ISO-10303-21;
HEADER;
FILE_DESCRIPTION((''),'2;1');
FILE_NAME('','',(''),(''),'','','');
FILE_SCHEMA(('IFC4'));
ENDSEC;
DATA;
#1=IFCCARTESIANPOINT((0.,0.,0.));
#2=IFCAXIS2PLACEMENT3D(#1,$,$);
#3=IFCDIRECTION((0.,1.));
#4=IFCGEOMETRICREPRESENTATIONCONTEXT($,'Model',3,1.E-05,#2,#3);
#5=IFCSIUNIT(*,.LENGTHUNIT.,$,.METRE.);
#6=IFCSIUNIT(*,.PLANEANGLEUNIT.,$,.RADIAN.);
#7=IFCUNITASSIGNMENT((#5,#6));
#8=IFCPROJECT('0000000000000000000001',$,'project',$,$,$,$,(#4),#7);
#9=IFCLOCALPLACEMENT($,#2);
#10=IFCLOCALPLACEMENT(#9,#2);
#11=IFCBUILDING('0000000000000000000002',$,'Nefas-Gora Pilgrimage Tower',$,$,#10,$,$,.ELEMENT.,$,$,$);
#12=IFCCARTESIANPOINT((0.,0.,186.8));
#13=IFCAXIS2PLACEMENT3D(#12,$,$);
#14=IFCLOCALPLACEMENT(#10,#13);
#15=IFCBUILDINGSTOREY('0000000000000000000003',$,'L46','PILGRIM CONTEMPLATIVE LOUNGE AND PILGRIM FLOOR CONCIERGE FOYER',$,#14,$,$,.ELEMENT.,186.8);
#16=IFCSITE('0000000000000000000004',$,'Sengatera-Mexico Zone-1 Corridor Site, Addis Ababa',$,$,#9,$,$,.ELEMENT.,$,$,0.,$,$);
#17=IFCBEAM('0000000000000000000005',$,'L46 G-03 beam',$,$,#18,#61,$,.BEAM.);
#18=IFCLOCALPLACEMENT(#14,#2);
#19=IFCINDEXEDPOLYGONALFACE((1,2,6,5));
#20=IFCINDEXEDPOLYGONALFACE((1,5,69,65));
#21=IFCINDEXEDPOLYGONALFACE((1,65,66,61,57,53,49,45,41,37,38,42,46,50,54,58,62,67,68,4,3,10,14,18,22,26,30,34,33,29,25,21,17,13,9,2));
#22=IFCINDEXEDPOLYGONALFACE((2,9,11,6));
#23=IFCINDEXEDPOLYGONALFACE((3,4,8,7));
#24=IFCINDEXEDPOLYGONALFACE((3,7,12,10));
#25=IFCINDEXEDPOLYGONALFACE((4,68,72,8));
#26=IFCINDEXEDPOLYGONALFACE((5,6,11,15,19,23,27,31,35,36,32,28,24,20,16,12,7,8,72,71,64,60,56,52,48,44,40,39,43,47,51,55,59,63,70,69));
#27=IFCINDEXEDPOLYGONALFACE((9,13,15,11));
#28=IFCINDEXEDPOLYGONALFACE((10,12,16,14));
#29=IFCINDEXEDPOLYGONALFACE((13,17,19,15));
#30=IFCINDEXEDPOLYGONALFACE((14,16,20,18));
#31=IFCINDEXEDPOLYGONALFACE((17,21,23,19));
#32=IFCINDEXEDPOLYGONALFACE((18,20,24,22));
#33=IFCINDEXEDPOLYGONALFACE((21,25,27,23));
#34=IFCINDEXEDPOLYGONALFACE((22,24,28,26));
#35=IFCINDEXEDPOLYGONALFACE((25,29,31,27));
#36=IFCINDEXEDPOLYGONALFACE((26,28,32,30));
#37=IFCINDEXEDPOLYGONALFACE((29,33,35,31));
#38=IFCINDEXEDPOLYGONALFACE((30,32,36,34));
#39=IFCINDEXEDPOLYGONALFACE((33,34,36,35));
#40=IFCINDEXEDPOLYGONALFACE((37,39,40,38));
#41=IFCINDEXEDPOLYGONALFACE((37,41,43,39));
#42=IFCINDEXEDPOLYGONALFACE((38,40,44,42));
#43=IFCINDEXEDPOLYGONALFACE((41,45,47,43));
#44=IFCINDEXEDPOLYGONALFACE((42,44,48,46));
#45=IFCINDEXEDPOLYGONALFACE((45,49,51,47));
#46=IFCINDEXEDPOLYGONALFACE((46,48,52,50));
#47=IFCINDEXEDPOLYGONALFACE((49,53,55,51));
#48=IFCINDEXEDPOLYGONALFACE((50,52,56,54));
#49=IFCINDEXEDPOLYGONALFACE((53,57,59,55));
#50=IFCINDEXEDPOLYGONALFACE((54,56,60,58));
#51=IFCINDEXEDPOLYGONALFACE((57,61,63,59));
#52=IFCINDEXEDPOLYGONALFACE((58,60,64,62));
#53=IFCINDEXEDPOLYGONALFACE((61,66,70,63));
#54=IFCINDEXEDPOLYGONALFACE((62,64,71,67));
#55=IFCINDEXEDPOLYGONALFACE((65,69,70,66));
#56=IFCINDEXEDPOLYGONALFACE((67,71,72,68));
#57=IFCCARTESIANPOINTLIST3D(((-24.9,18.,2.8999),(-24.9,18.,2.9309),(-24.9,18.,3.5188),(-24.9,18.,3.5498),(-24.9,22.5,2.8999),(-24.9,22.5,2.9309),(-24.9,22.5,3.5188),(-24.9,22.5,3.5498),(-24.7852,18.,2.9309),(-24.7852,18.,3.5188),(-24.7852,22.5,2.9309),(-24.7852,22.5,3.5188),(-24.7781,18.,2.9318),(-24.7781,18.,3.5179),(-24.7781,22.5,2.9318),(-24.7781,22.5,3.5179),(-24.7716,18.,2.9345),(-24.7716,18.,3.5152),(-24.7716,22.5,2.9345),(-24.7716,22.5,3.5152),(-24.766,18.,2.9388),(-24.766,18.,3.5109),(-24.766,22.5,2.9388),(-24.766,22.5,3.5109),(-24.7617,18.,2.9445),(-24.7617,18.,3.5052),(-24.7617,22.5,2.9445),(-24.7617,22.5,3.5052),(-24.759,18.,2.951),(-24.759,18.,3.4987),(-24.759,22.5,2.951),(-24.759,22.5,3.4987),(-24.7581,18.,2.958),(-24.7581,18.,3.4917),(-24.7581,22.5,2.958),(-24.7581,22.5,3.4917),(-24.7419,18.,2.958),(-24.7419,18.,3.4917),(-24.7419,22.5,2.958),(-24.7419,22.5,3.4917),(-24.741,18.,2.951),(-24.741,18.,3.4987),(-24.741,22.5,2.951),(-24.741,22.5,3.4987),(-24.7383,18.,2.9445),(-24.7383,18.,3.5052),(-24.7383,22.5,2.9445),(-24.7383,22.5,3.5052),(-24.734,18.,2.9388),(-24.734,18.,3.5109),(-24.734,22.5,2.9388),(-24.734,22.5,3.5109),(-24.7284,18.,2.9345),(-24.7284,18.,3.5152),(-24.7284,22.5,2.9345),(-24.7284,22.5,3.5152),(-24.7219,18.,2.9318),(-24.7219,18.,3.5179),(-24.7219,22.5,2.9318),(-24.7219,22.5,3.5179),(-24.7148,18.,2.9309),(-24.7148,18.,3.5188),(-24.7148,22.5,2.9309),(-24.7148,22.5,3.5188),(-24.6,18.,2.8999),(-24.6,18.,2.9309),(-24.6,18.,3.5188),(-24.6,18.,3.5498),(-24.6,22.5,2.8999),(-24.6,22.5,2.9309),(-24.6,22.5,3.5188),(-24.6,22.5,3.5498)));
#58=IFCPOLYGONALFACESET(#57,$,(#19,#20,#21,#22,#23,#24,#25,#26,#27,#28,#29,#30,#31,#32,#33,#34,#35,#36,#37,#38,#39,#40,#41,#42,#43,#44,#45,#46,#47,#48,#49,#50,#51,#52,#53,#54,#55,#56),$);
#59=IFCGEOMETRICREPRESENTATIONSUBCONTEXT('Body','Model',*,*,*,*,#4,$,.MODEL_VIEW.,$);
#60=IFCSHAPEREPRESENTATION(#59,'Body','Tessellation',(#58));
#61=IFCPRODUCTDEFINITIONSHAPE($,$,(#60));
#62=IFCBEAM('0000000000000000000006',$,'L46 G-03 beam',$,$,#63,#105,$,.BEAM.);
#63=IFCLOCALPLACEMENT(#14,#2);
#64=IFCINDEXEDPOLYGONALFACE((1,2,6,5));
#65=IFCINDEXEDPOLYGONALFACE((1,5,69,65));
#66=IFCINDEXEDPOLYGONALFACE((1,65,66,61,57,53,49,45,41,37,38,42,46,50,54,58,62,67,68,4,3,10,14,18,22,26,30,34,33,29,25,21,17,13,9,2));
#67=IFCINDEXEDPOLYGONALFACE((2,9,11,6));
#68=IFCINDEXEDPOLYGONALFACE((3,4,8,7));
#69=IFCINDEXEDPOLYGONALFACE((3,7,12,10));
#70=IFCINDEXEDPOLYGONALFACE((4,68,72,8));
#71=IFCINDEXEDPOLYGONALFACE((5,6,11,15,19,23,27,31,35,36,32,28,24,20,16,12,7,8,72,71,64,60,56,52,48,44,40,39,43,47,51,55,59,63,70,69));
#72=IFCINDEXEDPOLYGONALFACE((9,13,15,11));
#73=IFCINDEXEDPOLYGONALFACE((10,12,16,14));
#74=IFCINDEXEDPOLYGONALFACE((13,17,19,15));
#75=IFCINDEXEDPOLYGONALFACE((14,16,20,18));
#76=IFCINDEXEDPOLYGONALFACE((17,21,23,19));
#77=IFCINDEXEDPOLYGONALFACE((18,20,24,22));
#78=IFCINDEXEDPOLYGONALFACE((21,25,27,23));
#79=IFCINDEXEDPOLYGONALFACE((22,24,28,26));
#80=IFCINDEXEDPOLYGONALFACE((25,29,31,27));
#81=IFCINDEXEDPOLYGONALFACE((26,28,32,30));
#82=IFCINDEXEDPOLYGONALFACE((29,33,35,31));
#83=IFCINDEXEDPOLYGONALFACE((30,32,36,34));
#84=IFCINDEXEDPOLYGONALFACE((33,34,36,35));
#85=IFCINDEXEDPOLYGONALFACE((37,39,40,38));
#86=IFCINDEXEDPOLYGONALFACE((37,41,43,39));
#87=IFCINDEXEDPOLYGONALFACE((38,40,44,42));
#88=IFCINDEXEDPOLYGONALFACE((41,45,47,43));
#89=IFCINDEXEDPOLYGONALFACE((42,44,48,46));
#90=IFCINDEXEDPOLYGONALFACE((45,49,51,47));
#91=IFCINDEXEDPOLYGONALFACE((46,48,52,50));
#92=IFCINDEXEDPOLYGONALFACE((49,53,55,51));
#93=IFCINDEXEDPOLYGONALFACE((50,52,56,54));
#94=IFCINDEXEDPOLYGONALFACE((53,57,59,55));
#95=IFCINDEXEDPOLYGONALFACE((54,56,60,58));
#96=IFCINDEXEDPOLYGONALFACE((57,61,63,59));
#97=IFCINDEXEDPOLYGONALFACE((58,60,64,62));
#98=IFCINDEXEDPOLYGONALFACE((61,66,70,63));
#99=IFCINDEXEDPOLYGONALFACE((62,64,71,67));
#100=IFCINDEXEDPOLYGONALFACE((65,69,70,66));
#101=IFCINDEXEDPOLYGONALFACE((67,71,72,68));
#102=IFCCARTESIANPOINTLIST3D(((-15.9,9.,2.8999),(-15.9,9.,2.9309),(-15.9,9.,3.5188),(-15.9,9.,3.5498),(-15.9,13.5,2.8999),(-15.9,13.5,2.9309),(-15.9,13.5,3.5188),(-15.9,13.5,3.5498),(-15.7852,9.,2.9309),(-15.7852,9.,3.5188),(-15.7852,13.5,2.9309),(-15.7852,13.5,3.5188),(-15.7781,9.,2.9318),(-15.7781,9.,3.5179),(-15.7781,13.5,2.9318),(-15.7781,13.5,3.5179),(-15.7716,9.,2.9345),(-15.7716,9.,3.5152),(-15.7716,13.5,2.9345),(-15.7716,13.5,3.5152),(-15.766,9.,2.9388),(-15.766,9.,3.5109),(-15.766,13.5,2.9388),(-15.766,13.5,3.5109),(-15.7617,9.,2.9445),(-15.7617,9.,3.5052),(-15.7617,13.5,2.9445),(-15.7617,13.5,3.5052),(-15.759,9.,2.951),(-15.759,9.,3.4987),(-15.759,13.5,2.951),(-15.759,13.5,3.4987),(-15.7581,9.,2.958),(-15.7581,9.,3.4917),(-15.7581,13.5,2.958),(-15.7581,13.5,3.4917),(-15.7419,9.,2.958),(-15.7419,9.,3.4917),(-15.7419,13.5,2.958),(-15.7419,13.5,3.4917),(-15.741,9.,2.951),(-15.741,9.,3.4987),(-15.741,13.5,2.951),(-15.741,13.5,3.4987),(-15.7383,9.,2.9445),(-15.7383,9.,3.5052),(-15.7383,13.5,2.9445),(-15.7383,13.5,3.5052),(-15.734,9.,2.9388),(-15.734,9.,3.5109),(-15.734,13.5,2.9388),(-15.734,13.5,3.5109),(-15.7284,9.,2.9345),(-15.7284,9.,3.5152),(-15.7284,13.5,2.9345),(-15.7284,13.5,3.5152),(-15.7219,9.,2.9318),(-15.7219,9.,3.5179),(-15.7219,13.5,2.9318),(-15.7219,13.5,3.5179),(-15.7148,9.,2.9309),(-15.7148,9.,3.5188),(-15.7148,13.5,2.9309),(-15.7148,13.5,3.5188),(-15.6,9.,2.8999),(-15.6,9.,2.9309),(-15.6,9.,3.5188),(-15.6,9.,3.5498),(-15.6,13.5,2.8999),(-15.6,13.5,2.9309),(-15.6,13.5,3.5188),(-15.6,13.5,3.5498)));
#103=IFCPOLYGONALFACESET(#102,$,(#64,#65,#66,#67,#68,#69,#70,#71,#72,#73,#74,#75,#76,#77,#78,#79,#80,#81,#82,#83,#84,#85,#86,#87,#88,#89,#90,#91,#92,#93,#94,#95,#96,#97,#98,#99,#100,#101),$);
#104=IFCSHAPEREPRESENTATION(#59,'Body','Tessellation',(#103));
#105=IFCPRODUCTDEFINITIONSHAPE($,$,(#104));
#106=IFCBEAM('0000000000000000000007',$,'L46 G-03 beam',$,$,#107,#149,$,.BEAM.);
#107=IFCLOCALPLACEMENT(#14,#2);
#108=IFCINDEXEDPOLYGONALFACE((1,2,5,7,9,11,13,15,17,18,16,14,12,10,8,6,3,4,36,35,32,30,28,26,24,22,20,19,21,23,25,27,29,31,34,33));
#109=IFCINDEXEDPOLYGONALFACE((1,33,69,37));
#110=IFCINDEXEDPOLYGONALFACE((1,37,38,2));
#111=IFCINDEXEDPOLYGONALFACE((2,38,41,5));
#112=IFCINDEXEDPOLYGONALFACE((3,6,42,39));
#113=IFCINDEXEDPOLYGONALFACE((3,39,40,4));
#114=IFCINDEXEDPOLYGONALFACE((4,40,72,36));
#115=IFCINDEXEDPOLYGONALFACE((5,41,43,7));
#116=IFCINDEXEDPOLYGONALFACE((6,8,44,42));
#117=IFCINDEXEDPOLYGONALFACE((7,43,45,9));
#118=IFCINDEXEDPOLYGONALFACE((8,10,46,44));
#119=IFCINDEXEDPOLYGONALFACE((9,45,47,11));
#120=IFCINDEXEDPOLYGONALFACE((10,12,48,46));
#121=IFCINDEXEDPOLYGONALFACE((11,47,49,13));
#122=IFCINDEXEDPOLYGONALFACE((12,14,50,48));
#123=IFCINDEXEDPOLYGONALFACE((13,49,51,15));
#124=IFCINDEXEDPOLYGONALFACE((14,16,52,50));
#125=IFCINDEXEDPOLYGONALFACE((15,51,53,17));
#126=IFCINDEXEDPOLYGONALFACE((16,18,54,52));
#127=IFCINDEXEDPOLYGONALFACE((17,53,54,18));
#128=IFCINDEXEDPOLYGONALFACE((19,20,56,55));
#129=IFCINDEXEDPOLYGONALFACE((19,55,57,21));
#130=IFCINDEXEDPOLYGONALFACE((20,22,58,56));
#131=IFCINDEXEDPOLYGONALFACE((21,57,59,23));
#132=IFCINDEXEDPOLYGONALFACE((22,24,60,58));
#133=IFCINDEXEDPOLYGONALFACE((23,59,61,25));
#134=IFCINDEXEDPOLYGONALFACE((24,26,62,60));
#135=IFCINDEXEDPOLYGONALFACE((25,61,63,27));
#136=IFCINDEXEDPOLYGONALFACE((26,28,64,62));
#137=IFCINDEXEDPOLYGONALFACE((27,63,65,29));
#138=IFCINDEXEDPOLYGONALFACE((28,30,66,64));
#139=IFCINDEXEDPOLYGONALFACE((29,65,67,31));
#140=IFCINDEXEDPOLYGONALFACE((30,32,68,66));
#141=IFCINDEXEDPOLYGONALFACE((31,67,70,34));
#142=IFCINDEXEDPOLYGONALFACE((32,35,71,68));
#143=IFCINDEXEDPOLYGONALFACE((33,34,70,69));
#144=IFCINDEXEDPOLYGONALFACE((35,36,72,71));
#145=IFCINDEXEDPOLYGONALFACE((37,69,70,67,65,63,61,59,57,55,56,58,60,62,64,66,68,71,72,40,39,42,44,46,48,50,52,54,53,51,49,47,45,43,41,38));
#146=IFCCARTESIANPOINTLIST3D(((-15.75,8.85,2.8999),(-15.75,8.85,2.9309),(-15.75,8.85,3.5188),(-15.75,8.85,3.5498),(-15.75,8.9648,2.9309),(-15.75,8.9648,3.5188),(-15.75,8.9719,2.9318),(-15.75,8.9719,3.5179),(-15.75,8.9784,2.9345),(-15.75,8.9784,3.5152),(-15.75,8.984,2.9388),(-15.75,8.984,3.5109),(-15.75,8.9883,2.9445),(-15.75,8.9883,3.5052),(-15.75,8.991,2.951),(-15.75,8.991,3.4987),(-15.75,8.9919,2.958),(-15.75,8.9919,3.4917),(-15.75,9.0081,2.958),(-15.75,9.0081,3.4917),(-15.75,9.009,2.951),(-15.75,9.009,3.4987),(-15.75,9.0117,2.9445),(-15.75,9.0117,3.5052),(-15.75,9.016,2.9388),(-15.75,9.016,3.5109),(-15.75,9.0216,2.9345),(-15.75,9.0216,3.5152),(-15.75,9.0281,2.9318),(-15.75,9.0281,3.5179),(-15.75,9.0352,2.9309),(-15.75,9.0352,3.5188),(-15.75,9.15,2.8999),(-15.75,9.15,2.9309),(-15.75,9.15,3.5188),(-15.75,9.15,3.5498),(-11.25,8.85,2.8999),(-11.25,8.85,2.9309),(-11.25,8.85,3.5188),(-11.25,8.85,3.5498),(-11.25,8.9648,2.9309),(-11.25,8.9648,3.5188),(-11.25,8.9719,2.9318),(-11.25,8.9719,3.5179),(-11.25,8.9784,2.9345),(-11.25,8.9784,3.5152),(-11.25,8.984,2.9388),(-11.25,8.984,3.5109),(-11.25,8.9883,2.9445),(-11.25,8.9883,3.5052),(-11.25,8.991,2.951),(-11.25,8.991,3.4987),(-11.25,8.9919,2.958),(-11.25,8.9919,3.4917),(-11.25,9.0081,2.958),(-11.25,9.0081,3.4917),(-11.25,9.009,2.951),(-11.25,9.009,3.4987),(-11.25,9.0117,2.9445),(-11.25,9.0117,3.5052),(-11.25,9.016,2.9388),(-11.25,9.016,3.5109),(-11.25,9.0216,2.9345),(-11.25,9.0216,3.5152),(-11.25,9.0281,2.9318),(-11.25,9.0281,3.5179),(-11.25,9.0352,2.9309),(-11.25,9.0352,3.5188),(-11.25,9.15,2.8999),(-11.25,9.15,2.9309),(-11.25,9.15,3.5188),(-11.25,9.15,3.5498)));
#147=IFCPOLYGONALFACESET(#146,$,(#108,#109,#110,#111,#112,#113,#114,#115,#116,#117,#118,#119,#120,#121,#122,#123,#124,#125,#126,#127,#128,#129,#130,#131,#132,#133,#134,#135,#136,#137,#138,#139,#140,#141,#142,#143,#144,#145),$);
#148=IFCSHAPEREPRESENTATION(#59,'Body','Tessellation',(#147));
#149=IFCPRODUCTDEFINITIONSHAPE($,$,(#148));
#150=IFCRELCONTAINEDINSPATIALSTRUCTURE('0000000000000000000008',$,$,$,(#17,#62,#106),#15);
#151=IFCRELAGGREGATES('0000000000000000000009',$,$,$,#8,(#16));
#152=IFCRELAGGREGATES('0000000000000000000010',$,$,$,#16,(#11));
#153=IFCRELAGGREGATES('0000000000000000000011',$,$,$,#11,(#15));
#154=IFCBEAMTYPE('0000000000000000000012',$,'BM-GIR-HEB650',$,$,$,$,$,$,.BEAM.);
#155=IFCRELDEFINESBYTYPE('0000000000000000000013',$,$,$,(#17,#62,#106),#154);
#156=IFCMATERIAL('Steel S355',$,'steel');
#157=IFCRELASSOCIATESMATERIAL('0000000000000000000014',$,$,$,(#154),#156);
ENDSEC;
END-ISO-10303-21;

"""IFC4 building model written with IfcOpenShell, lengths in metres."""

from ifc_helpers import new_model, si_unit, direction, frame, origin, origin_2d, place, context, subcontext, project, spatial, i_section, extrude, source, transform, mapped, material, material_profile, profile_set, type_object, element, save


model = new_model("IFC4")

# Units and contexts
model_context = context("Model", 3, precision=1e-05, world=origin(), true_north=direction((0.0, 1.0)))
body_context = subcontext(model_context, "Body", "Model", "MODEL_VIEW")
ifc_project = project(units=[si_unit("LENGTHUNIT", "METRE"), si_unit("PLANEANGLEUNIT", "RADIAN")], contexts=[model_context])

# Site, building, storey
site_placement = place(None, origin())
site = spatial("IfcSite", under=ifc_project, at=site_placement, Name="Sengatera-Mexico Zone-1 Corridor Site, Addis Ababa", CompositionType="ELEMENT", RefElevation=0.0)
building_placement = place(site_placement, origin())
building = spatial("IfcBuilding", under=site, at=building_placement, Name="Nefas-Gora Pilgrimage Tower", CompositionType="ELEMENT")
storey_placement = place(building_placement, frame((0.0, 0.0, 186.8)))
storey = spatial("IfcBuildingStorey", under=building, at=storey_placement, Name="L46", Description="PILGRIM CONTEMPLATIVE LOUNGE AND PILGRIM FLOOR CONCIERGE FOYER", CompositionType="ELEMENT", Elevation=186.8)

# Beams
ifc_material_1 = material(Name="Steel S355", Category="steel")
ifc_material_profile_1 = material_profile(ifc_material_1, i_section(OverallWidth=0.3, OverallDepth=0.6499, WebThickness=0.0161, FlangeThickness=0.031, FilletRadius=0.0271, at=origin_2d()), Name="HEB 650")
ifc_profile_set_1 = profile_set([ifc_material_profile_1], Name="Steel S355")
beam_type_1 = type_object("IfcBeamType", Name="BM-GIR-HEB650", PredefinedType="BEAM", material=ifc_profile_set_1)
shared_shape_1 = source(origin(), body_context, "Body", "SweptSolid", [
    extrude(i_section(OverallWidth=0.3, OverallDepth=0.6499, WebThickness=0.0161, FlangeThickness=0.031, FilletRadius=0.0271, at=origin_2d()), origin(), (0.0, 0.0, 1.0), 4.5),
])
for number, where, z_axis, x_axis, name in (
    (1, (-24.75, 18.0, 3.2249), (0.0, 1.0, 0.0), (-1.0, 0.0, 0.0), "L46 G-03 beam"),
    (2, (-15.75, 9.0, 3.2249), (0.0, 1.0, 0.0), (-1.0, 0.0, 0.0), "L46 G-03 beam"),
    (3, (-15.75, 9.0, 3.2249), (1.0, 0.0, 0.0), (0.0, 1.0, 0.0), "L46 G-03 beam"),
):
    element("IfcBeam", number, at=place(storey_placement, frame(where, z_axis=z_axis, x_axis=x_axis)), inside=storey, type_object=beam_type_1, Name=name, PredefinedType="BEAM", context=body_context, shape_type="MappedRepresentation", body=[
        mapped(shared_shape_1, transform((0.0, 0.0, 0.0), x_axis=(1.0, 0.0, 0.0), y_axis=(0.0, 1.0, 0.0), z_axis=(0.0, 0.0, 1.0), scale=1.0)),
    ])

save(model, "model.ifc")
